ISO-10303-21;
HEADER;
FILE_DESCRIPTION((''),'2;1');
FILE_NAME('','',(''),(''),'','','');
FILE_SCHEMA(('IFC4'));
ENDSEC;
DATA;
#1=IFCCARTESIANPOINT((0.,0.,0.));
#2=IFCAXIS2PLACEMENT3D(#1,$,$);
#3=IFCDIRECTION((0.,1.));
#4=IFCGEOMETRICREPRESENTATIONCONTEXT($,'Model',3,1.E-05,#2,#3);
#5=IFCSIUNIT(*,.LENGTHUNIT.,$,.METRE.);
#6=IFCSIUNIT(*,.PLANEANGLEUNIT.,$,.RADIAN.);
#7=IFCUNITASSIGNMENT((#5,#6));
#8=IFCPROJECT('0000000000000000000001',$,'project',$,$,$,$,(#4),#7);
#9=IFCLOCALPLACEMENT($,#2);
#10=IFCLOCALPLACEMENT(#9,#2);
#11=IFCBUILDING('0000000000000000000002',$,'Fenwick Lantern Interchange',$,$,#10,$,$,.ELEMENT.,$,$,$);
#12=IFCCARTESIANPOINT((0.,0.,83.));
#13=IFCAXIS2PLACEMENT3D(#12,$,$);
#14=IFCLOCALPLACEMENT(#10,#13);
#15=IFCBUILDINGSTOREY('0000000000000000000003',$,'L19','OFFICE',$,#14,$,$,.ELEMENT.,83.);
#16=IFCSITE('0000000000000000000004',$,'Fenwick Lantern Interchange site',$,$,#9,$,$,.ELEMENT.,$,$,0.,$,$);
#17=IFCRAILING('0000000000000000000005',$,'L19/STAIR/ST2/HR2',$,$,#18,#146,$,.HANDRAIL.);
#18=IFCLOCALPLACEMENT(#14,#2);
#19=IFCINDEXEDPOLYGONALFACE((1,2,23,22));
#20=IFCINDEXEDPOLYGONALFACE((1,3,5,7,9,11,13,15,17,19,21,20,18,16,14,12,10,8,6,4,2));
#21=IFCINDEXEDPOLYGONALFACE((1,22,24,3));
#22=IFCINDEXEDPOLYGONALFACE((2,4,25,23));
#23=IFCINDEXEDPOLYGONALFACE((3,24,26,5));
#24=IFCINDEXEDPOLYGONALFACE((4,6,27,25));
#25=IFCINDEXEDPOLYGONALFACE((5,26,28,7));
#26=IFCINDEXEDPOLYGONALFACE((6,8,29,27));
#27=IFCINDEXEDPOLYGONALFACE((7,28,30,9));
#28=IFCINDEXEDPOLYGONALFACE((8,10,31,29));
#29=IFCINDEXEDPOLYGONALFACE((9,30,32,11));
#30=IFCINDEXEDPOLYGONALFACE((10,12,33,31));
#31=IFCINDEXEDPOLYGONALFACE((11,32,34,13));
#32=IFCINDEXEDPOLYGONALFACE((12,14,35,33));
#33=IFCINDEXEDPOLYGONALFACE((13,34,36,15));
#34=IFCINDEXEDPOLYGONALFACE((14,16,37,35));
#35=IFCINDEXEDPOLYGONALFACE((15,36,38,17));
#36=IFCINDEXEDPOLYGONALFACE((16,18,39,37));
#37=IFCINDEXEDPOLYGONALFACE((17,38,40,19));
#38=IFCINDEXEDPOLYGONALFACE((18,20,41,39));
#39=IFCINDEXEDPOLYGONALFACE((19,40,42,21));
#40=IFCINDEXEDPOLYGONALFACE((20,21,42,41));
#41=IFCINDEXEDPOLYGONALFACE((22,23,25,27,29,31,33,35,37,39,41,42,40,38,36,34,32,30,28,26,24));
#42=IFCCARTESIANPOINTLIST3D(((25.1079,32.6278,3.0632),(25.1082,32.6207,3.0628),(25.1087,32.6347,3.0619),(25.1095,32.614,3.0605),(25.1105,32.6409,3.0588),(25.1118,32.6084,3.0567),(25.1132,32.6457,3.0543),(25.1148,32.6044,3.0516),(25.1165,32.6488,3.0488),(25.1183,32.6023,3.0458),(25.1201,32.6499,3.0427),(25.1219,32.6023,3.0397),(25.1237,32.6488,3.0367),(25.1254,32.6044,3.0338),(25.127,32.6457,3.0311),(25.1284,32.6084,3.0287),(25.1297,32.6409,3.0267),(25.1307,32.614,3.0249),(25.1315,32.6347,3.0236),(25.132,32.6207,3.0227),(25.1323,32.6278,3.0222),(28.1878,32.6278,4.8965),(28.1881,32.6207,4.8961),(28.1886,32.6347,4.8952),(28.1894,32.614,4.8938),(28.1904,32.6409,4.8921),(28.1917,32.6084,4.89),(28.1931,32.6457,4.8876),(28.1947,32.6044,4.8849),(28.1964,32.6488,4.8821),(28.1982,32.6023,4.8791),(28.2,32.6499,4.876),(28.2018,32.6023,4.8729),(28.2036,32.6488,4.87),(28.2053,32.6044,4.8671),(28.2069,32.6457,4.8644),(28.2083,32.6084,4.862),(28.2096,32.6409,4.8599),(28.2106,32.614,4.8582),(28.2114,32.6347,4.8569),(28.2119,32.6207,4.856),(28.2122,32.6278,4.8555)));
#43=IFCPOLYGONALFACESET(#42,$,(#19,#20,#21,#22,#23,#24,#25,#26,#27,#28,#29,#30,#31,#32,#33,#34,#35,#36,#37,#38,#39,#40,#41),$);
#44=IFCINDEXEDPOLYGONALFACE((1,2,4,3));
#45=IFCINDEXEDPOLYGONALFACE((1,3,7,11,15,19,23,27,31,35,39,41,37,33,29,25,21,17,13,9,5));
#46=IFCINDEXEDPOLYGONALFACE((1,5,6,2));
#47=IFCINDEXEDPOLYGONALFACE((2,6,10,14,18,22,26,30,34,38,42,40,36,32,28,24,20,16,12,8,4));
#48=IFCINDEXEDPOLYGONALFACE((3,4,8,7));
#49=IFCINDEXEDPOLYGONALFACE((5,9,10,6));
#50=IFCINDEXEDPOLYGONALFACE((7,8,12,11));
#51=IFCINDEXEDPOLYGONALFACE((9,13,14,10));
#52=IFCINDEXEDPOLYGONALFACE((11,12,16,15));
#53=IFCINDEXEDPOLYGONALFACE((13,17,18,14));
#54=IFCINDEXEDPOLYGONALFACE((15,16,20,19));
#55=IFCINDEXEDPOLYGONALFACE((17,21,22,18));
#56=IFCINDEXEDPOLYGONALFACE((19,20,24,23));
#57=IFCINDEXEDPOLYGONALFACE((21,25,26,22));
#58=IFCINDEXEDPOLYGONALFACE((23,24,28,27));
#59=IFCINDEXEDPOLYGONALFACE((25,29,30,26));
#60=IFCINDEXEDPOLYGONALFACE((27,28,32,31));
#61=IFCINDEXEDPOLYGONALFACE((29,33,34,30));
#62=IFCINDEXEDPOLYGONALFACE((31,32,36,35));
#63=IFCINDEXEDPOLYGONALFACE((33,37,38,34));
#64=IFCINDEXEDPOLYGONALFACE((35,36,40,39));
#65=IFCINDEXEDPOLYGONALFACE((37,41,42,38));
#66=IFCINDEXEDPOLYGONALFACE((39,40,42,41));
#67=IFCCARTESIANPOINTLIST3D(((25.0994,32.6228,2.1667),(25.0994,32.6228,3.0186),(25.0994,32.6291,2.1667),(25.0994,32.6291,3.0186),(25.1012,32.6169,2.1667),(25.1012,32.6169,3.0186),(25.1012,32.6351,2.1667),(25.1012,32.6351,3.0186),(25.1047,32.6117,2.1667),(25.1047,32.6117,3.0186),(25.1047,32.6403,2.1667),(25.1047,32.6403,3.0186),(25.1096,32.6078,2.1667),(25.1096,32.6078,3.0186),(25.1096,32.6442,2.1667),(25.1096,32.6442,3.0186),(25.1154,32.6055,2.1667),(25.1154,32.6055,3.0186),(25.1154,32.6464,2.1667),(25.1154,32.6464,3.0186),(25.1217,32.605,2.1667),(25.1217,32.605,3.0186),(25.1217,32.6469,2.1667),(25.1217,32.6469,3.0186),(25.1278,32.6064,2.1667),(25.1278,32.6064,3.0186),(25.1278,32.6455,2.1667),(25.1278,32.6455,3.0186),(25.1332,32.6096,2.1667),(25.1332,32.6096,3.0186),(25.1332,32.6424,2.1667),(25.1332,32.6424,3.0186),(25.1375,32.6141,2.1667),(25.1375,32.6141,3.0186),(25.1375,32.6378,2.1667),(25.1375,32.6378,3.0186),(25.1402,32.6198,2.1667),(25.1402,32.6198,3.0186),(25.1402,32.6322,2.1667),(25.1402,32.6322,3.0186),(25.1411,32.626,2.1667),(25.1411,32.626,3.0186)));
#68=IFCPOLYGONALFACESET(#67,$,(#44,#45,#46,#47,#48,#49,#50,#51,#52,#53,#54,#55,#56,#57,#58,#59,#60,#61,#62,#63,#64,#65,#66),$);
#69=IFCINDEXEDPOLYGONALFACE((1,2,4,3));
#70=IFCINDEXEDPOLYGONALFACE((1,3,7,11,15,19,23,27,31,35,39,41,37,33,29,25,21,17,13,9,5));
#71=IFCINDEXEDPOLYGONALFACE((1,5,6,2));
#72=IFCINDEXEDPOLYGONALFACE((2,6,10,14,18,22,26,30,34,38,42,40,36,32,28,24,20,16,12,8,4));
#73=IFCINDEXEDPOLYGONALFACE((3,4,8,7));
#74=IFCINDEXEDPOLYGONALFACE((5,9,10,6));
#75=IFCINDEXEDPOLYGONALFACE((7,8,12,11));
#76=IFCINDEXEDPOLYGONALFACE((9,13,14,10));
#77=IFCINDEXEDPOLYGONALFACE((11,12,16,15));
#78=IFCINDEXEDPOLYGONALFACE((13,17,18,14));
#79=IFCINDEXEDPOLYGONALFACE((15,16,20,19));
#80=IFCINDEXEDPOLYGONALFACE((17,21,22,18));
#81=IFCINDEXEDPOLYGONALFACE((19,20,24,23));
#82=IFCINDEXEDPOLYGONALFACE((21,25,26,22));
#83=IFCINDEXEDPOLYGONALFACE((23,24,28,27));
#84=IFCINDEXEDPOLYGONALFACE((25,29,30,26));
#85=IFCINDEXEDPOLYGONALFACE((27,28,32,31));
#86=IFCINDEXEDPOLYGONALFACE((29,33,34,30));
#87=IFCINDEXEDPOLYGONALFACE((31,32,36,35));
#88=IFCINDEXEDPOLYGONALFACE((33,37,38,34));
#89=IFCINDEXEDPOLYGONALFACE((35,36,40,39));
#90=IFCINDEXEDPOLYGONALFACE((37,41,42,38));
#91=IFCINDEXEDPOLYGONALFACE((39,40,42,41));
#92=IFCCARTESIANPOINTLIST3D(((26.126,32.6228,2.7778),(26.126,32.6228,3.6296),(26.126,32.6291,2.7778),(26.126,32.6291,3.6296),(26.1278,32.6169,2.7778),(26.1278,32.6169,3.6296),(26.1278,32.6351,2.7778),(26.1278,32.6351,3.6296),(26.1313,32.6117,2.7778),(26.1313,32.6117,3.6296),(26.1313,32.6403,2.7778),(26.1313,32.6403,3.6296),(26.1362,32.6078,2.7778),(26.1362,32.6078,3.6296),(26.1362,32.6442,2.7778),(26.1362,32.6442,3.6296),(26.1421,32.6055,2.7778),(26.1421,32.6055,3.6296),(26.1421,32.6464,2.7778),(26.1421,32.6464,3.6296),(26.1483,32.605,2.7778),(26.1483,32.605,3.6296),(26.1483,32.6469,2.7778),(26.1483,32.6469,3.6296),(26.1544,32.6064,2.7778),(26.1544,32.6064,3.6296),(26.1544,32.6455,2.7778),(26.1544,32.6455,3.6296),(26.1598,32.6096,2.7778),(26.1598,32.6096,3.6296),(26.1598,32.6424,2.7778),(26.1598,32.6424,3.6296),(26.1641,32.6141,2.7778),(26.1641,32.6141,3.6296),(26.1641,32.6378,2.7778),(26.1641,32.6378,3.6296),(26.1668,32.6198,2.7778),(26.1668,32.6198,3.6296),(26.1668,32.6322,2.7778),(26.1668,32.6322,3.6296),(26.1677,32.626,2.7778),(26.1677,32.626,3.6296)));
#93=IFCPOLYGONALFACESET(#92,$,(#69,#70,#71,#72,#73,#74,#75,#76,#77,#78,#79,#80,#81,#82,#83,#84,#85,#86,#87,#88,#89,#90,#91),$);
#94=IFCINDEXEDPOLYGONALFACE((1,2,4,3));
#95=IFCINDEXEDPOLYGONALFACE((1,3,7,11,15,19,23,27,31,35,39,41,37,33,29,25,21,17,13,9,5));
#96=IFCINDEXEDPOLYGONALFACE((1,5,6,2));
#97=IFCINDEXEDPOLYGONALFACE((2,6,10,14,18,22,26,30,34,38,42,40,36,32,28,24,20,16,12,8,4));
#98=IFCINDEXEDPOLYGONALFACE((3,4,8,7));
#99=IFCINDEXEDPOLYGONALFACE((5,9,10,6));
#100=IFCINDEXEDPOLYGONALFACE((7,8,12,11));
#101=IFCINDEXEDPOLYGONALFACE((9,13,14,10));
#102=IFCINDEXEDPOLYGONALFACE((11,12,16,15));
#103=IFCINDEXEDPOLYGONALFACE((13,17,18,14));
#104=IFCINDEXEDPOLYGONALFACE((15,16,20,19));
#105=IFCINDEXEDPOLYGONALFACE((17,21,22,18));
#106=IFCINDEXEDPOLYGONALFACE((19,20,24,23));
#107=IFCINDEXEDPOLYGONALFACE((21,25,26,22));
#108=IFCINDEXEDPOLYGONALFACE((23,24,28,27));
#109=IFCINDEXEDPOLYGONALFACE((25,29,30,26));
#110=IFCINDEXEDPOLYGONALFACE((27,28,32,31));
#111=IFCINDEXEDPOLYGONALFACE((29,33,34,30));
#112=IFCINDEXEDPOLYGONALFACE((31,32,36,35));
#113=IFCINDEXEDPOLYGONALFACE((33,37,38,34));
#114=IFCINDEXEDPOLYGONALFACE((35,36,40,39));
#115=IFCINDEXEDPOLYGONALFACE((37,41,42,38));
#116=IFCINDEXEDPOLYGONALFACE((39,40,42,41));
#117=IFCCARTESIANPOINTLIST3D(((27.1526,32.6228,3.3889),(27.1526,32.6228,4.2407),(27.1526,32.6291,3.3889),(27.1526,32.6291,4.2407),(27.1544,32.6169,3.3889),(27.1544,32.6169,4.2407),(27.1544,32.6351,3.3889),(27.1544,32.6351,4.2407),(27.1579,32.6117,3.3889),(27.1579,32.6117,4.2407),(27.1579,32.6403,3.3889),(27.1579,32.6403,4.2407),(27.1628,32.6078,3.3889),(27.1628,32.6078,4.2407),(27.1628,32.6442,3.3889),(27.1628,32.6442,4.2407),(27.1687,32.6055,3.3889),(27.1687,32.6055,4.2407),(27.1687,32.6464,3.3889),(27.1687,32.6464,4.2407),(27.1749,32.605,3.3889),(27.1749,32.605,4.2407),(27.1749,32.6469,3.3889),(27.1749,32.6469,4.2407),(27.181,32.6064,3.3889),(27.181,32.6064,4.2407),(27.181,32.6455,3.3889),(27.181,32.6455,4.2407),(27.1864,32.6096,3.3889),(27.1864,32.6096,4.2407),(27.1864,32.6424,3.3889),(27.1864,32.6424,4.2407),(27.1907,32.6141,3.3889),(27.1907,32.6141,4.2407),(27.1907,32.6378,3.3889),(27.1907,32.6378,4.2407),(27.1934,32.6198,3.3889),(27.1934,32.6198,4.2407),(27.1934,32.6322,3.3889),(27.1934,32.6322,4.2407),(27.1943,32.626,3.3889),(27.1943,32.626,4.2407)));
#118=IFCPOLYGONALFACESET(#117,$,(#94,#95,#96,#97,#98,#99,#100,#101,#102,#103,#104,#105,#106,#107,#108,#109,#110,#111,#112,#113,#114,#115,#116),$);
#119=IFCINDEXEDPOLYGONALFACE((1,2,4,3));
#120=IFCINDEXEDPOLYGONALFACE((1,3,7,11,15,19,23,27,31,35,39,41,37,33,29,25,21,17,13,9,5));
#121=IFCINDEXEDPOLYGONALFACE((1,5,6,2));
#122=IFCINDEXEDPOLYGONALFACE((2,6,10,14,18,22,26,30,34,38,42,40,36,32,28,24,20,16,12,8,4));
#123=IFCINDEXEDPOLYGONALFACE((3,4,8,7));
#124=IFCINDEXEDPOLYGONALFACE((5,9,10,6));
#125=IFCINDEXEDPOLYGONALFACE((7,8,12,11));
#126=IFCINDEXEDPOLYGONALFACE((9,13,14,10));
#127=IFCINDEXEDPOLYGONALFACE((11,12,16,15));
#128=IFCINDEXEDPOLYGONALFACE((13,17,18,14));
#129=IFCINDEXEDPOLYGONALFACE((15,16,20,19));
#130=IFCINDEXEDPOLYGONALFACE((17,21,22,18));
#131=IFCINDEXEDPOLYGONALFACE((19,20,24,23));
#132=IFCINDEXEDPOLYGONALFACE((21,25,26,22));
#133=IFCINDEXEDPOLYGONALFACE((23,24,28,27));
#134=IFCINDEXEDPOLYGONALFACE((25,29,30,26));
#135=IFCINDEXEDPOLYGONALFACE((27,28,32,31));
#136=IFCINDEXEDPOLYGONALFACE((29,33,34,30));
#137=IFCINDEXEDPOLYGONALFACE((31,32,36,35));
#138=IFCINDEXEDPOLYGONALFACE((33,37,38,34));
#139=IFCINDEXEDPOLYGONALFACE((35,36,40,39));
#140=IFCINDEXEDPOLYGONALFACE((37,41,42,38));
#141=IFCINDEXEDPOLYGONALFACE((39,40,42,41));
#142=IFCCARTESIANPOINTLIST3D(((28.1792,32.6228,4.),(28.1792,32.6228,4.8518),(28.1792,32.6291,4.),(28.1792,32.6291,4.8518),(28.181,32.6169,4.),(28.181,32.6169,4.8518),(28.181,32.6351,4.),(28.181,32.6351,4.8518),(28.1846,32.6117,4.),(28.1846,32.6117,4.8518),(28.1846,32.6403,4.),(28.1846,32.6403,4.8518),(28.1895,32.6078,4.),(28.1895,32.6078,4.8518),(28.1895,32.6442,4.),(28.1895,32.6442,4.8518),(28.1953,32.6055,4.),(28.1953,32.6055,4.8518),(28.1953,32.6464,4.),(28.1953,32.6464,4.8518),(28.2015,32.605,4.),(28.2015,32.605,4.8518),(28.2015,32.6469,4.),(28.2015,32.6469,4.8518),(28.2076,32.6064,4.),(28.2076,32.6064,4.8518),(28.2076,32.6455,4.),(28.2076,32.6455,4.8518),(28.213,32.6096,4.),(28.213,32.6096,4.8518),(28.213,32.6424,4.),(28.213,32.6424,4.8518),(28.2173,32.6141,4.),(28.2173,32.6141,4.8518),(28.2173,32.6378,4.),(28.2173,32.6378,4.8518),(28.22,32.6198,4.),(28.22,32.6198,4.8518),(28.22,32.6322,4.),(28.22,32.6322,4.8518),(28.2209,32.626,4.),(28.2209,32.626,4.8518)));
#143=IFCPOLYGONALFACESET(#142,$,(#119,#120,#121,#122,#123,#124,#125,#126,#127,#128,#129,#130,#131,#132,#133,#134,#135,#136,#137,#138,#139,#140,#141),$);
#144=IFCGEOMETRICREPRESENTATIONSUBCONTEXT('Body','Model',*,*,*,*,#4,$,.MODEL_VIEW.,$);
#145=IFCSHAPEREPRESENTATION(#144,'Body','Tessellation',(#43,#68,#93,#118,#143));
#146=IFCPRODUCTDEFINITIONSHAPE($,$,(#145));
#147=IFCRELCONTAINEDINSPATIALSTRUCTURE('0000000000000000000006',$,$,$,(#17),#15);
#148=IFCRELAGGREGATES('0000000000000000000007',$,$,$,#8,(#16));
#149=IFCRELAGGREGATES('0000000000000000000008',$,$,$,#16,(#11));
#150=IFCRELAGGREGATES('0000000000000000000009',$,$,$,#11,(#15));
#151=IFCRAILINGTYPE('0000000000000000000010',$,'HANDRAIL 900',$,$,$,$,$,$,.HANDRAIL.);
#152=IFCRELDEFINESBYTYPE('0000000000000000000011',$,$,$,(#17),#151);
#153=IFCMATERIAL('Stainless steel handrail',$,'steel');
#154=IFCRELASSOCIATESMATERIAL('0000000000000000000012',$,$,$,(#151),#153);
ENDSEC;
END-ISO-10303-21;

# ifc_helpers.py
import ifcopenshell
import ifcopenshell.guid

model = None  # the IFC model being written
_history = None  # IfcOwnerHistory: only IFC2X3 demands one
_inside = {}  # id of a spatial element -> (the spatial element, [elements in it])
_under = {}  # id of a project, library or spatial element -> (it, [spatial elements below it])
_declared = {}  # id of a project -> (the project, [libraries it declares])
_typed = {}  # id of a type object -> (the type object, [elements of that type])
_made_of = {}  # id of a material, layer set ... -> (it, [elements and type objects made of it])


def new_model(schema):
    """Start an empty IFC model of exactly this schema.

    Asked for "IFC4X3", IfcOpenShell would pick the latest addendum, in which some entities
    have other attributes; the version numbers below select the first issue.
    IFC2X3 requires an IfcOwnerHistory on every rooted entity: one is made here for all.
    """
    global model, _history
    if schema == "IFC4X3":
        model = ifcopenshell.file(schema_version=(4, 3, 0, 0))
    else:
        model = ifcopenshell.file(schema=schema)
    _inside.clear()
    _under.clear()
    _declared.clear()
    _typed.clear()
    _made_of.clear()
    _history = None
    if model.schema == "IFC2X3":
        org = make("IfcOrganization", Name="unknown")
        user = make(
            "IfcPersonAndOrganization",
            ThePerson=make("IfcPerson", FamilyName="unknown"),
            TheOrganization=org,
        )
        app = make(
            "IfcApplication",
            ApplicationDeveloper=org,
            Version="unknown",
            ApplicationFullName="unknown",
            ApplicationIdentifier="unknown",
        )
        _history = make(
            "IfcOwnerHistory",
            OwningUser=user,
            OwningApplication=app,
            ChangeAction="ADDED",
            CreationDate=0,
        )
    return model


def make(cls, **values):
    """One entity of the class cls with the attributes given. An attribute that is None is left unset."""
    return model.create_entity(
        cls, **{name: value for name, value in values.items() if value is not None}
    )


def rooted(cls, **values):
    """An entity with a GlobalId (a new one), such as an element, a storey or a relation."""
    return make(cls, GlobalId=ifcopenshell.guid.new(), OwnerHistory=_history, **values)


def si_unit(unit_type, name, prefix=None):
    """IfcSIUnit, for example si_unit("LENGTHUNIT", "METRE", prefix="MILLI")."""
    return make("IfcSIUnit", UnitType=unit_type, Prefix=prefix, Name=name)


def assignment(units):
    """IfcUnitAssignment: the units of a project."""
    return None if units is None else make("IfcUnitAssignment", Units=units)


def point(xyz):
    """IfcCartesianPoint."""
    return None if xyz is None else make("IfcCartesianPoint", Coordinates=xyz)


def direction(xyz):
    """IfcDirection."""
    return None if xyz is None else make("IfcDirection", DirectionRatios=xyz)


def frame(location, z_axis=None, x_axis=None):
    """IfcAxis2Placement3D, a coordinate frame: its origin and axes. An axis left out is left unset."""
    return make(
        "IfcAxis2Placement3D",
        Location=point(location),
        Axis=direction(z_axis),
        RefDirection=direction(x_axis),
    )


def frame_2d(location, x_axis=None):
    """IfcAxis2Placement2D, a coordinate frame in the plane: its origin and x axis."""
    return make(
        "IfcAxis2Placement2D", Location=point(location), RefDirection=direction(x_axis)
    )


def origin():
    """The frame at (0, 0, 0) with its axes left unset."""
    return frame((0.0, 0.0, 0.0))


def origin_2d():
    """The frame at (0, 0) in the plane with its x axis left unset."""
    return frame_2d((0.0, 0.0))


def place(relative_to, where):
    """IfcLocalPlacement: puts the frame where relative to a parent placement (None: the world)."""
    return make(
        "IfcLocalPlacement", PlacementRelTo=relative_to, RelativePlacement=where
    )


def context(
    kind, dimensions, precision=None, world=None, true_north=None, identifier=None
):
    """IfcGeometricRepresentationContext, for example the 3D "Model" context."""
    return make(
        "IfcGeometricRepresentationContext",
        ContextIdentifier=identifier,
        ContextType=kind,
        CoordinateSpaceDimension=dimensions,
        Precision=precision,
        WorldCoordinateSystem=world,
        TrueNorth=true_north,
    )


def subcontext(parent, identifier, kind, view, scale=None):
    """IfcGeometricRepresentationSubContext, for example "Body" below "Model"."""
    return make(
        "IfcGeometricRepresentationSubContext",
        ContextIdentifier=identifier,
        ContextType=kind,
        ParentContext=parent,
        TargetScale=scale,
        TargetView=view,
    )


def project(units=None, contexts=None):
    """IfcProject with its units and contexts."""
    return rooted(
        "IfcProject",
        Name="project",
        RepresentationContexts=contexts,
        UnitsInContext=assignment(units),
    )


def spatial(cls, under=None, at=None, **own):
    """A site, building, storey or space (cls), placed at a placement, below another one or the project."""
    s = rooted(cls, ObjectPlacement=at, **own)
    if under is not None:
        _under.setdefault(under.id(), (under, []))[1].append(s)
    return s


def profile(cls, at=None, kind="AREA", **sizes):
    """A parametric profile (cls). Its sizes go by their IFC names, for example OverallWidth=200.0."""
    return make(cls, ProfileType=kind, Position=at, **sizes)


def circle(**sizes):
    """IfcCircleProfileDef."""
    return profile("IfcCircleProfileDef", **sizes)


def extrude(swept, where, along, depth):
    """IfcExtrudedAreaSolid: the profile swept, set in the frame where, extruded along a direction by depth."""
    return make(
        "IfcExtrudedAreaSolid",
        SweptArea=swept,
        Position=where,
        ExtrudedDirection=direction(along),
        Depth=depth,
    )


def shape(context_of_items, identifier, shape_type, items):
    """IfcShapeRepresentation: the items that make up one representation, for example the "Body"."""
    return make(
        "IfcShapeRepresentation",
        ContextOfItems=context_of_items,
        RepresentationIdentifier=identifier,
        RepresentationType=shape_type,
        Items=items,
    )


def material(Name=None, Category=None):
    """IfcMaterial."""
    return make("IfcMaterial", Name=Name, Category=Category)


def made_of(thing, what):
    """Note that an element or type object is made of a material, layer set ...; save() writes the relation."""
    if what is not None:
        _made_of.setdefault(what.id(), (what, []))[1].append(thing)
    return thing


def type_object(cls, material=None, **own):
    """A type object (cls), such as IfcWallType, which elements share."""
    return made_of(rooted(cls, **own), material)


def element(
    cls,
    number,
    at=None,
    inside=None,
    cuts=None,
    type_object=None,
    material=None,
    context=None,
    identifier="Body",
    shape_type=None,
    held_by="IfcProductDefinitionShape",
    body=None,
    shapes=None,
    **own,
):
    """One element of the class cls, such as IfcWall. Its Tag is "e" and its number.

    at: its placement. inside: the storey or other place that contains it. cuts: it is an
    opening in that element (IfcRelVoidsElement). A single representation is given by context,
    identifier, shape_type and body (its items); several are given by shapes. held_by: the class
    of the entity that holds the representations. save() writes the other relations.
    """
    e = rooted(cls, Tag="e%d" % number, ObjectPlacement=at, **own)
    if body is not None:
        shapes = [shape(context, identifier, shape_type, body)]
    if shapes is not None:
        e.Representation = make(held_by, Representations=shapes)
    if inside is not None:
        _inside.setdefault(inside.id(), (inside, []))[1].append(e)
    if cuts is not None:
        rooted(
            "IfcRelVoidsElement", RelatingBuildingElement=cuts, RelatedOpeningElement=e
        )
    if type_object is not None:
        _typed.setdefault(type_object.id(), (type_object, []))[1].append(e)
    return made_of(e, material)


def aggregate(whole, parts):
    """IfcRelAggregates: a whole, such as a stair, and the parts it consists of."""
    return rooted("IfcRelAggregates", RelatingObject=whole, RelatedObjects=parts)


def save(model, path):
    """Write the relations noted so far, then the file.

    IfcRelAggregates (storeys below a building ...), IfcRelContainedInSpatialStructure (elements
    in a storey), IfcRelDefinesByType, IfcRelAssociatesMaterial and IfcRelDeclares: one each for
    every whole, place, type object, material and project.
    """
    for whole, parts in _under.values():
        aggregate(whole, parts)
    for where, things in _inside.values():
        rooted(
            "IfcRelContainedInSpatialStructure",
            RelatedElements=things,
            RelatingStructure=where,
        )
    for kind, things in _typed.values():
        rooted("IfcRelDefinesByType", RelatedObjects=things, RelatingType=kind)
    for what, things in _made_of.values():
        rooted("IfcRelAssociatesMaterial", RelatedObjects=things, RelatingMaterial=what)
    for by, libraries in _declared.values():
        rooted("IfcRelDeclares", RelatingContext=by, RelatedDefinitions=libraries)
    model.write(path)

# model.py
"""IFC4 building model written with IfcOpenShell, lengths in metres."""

from ifc_helpers import new_model, si_unit, direction, frame, origin, origin_2d, place, context, subcontext, project, spatial, circle, extrude, material, type_object, element, save


model = new_model("IFC4")

# Units and contexts
model_context = context("Model", 3, precision=1e-05, world=origin(), true_north=direction((0.0, 1.0)))
body_context = subcontext(model_context, "Body", "Model", "MODEL_VIEW")
ifc_project = project(units=[si_unit("LENGTHUNIT", "METRE"), si_unit("PLANEANGLEUNIT", "RADIAN")], contexts=[model_context])

# Site, building, storey
site_placement = place(None, origin())
site = spatial("IfcSite", under=ifc_project, at=site_placement, Name="Fenwick Lantern Interchange site", CompositionType="ELEMENT", RefElevation=0.0)
building_placement = place(site_placement, origin())
building = spatial("IfcBuilding", under=site, at=building_placement, Name="Fenwick Lantern Interchange", CompositionType="ELEMENT")
storey_placement = place(building_placement, frame((0.0, 0.0, 83.0)))
storey = spatial("IfcBuildingStorey", under=building, at=storey_placement, Name="L19", Description="OFFICE", CompositionType="ELEMENT", Elevation=83.0)

# Railing
ifc_material_1 = material(Name="Stainless steel handrail", Category="steel")
railing_type = type_object("IfcRailingType", Name="HANDRAIL 900", PredefinedType="HANDRAIL", material=ifc_material_1)
railing_1_placement = place(storey_placement, frame((25.1201, 32.626, 2.1667)))
element("IfcRailing", 1, at=railing_1_placement, inside=storey, type_object=railing_type, Name="L19/STAIR/ST2/HR2", PredefinedType="HANDRAIL", context=body_context, shape_type="SweptSolid", body=[
    extrude(circle(Radius=0.0239, at=origin_2d()), frame((0.0, 0.0, 0.876), z_axis=(0.859291, 0.0, 0.511487), x_axis=(0.0, 1.0, 0.0)), (0.0, 0.0, 1.0), 3.5842),
    extrude(circle(Radius=0.021, at=origin_2d()), origin(), (0.0, 0.0, 1.0), 0.8518),
    extrude(circle(Radius=0.021, at=origin_2d()), frame((1.0266, 0.0, 0.6111)), (0.0, 0.0, 1.0), 0.8518),
    extrude(circle(Radius=0.021, at=origin_2d()), frame((2.0532, 0.0, 1.2222)), (0.0, 0.0, 1.0), 0.8518),
    extrude(circle(Radius=0.021, at=origin_2d()), frame((3.0798, 0.0, 1.8333)), (0.0, 0.0, 1.0), 0.8518),
])

save(model, "model.ifc")
